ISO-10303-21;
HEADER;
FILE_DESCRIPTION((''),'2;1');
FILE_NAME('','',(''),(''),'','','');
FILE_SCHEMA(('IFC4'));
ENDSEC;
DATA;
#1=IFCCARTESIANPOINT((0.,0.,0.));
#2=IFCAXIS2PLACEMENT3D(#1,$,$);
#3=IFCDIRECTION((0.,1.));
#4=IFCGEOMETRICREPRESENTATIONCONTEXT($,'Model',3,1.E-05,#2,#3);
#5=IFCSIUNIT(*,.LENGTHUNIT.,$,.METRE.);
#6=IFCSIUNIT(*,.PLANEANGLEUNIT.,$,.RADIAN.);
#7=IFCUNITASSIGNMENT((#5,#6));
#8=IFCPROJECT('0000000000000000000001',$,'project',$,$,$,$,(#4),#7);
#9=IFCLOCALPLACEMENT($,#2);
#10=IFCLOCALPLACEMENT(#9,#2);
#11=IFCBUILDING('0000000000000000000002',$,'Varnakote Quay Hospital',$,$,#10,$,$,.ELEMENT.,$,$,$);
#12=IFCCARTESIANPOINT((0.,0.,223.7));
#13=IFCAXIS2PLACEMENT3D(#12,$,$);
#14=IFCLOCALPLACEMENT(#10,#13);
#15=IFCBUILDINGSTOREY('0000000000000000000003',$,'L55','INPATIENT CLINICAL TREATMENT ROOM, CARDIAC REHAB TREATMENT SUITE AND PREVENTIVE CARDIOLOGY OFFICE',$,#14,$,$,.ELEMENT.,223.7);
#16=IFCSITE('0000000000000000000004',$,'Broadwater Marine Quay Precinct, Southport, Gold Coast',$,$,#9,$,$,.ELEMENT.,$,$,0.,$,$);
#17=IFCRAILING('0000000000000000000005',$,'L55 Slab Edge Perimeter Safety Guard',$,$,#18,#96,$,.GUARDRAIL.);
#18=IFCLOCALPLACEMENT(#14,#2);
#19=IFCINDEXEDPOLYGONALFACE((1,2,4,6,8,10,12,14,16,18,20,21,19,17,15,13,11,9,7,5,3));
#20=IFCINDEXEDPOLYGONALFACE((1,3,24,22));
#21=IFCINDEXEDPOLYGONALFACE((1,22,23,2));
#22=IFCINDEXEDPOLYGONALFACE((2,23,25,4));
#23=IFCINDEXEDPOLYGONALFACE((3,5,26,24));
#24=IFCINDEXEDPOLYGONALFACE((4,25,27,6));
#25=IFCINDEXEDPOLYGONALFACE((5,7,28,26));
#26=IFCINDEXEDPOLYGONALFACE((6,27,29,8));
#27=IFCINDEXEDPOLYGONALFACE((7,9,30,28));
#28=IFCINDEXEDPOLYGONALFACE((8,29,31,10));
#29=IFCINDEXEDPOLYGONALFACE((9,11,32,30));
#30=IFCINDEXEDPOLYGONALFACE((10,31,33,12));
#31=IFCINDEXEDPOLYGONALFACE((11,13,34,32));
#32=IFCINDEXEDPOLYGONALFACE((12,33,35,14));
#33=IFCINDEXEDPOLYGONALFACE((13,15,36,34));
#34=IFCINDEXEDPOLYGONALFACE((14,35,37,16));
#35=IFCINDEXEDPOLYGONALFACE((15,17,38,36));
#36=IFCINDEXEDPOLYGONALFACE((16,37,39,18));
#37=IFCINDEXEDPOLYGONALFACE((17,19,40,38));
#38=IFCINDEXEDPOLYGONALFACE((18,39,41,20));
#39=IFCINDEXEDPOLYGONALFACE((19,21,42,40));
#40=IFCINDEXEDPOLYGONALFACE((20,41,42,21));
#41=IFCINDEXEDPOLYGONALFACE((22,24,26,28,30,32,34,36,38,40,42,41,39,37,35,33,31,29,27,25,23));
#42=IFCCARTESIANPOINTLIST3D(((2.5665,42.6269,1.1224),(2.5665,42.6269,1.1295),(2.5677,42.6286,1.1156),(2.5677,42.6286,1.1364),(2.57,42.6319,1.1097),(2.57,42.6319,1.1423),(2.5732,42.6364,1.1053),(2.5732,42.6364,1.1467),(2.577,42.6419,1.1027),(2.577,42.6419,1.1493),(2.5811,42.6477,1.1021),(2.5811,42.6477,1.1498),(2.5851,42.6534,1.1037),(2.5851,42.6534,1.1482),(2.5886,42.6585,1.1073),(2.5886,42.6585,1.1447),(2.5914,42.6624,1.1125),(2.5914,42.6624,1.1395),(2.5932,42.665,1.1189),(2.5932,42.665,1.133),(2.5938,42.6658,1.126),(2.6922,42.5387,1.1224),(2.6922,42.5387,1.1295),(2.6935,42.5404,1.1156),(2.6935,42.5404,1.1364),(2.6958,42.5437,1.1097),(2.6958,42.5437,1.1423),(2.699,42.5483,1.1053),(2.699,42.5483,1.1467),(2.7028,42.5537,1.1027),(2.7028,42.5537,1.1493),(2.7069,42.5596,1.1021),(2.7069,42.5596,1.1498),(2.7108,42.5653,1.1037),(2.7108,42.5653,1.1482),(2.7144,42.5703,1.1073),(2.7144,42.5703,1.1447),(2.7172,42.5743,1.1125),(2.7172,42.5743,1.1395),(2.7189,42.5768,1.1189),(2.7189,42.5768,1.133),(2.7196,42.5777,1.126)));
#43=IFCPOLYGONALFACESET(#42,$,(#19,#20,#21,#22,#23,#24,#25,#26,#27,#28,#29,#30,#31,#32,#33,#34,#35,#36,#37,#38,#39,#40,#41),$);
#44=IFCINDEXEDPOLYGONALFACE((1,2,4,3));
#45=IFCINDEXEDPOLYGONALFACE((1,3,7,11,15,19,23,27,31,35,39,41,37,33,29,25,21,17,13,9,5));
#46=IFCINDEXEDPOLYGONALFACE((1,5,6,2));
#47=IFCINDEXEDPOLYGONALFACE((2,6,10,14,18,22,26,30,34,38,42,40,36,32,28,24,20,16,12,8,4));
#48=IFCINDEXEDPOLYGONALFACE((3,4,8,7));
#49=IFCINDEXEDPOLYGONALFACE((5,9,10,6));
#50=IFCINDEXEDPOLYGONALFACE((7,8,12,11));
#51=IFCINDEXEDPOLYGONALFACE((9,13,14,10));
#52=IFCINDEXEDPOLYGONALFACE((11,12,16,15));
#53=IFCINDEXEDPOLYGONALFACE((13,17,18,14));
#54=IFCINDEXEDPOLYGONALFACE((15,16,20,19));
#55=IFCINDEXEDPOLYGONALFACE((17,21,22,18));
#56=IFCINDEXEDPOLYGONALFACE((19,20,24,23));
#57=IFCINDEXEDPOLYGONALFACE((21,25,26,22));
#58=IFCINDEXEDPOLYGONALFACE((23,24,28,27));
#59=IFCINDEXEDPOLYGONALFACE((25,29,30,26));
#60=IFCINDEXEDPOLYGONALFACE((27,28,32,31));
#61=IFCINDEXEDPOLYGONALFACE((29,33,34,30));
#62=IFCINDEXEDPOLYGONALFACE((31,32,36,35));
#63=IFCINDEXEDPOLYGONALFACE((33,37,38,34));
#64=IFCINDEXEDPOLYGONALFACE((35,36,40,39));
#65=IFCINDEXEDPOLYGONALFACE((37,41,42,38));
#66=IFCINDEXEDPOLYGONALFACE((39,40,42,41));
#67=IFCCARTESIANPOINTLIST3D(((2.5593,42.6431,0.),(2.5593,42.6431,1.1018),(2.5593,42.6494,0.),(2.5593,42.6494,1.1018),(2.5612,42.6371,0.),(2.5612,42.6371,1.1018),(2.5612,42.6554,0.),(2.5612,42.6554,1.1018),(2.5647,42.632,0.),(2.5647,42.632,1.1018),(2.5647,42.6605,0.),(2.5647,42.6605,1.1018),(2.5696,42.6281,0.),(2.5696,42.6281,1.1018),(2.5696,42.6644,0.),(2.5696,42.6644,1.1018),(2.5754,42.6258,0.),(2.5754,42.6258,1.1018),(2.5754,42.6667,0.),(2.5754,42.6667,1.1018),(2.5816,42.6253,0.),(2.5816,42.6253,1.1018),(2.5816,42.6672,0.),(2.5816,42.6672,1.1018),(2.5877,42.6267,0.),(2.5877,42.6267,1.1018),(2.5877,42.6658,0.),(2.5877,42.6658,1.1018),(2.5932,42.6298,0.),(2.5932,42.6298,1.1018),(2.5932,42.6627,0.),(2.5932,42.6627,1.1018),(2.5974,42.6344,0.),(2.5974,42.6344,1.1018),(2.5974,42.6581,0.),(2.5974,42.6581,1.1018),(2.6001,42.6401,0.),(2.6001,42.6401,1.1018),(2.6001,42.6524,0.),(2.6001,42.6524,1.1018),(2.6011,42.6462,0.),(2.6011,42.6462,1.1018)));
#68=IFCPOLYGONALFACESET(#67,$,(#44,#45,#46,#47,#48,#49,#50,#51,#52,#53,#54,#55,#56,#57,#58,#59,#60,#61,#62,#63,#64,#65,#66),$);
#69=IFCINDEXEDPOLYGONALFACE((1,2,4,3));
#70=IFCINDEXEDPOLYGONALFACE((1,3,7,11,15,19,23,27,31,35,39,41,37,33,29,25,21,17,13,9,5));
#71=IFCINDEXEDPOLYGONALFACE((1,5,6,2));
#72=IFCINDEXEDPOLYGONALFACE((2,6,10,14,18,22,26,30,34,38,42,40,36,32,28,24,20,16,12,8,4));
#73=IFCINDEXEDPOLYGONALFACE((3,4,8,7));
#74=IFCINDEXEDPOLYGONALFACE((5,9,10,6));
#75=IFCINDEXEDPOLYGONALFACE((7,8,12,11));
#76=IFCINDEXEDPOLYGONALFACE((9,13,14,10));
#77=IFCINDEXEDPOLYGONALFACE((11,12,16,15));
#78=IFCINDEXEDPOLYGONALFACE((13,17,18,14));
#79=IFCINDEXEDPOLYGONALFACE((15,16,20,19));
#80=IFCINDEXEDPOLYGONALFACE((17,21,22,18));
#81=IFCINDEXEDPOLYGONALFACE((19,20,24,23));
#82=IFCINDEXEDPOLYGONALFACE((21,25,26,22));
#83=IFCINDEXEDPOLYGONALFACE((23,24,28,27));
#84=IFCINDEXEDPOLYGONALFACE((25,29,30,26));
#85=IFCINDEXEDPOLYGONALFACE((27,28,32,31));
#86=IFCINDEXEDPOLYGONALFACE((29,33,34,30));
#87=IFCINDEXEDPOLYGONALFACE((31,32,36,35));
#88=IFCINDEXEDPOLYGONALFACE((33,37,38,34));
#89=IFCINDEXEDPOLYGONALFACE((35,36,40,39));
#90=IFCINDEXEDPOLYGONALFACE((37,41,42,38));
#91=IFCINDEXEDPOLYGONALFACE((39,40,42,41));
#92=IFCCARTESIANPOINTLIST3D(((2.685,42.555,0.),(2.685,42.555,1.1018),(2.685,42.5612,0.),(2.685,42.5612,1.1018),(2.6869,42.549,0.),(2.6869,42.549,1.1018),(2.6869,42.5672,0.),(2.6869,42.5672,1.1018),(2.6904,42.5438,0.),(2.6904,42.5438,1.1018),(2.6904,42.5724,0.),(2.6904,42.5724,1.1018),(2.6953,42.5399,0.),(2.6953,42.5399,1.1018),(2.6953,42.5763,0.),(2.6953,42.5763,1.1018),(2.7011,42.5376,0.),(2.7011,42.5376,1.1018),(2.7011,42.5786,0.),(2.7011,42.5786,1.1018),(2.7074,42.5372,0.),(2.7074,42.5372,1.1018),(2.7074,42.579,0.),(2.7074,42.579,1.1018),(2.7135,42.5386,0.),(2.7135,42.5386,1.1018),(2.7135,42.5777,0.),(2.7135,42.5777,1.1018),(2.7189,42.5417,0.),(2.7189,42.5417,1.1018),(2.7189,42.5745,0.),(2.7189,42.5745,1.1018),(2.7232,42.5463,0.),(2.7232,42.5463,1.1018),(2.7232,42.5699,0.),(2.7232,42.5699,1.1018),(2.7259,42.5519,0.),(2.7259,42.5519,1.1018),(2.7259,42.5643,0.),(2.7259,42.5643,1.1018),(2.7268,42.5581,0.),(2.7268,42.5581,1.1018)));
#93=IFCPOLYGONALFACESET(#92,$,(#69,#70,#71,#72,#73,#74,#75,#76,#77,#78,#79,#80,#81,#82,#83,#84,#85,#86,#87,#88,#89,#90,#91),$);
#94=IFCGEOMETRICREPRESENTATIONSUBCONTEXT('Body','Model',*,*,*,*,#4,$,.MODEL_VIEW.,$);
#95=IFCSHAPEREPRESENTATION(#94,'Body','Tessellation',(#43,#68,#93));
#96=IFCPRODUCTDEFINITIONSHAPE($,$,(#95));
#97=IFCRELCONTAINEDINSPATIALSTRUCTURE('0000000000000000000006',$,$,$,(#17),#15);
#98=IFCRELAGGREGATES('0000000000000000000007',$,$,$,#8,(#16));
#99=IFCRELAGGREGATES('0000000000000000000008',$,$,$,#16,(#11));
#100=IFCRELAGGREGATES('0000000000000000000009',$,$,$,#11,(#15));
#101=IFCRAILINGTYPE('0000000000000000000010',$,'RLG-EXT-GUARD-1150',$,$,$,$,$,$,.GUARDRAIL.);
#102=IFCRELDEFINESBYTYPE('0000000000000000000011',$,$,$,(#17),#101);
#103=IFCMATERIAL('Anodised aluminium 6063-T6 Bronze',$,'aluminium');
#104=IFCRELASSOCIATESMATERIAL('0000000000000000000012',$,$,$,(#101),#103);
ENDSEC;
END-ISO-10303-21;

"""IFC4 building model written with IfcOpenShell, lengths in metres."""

from ifc_helpers import new_model, si_unit, direction, frame, origin, origin_2d, place, context, subcontext, project, spatial, circle, extrude, material, type_object, element, save


model = new_model("IFC4")

# Units and contexts
model_context = context("Model", 3, precision=1e-05, world=origin(), true_north=direction((0.0, 1.0)))
body_context = subcontext(model_context, "Body", "Model", "MODEL_VIEW")
ifc_project = project(units=[si_unit("LENGTHUNIT", "METRE"), si_unit("PLANEANGLEUNIT", "RADIAN")], contexts=[model_context])

# Site, building, storey
site_placement = place(None, origin())
site = spatial("IfcSite", under=ifc_project, at=site_placement, Name="Broadwater Marine Quay Precinct, Southport, Gold Coast", CompositionType="ELEMENT", RefElevation=0.0)
building_placement = place(site_placement, origin())
building = spatial("IfcBuilding", under=site, at=building_placement, Name="Varnakote Quay Hospital", CompositionType="ELEMENT")
storey_placement = place(building_placement, frame((0.0, 0.0, 223.7)))
storey = spatial("IfcBuildingStorey", under=building, at=storey_placement, Name="L55", Description="INPATIENT CLINICAL TREATMENT ROOM, CARDIAC REHAB TREATMENT SUITE AND PREVENTIVE CARDIOLOGY OFFICE", CompositionType="ELEMENT", Elevation=223.7)

# Railing
ifc_material_1 = material(Name="Anodised aluminium 6063-T6 Bronze", Category="aluminium")
railing_type = type_object("IfcRailingType", Name="RLG-EXT-GUARD-1150", PredefinedType="GUARDRAIL", material=ifc_material_1)
railing_1_placement = place(storey_placement, frame((2.5801, 42.6462, 0.0)))
element("IfcRailing", 1, at=railing_1_placement, inside=storey, type_object=railing_type, Name="L55 Slab Edge Perimeter Safety Guard", PredefinedType="GUARDRAIL", context=body_context, shape_type="SweptSolid", body=[
    extrude(circle(Radius=0.0239, at=origin_2d()), frame((0.0, 0.0, 1.126), z_axis=(0.818858, -0.573996, 0.0), x_axis=(0.573996, 0.818858, 0.0)), (0.0, 0.0, 1.0), 0.1536),
    extrude(circle(Radius=0.021, at=origin_2d()), origin(), (0.0, 0.0, 1.0), 1.1018),
    extrude(circle(Radius=0.021, at=origin_2d()), frame((0.1257, -0.0881, 0.0)), (0.0, 0.0, 1.0), 1.1018),
])

save(model, "model.ifc")
